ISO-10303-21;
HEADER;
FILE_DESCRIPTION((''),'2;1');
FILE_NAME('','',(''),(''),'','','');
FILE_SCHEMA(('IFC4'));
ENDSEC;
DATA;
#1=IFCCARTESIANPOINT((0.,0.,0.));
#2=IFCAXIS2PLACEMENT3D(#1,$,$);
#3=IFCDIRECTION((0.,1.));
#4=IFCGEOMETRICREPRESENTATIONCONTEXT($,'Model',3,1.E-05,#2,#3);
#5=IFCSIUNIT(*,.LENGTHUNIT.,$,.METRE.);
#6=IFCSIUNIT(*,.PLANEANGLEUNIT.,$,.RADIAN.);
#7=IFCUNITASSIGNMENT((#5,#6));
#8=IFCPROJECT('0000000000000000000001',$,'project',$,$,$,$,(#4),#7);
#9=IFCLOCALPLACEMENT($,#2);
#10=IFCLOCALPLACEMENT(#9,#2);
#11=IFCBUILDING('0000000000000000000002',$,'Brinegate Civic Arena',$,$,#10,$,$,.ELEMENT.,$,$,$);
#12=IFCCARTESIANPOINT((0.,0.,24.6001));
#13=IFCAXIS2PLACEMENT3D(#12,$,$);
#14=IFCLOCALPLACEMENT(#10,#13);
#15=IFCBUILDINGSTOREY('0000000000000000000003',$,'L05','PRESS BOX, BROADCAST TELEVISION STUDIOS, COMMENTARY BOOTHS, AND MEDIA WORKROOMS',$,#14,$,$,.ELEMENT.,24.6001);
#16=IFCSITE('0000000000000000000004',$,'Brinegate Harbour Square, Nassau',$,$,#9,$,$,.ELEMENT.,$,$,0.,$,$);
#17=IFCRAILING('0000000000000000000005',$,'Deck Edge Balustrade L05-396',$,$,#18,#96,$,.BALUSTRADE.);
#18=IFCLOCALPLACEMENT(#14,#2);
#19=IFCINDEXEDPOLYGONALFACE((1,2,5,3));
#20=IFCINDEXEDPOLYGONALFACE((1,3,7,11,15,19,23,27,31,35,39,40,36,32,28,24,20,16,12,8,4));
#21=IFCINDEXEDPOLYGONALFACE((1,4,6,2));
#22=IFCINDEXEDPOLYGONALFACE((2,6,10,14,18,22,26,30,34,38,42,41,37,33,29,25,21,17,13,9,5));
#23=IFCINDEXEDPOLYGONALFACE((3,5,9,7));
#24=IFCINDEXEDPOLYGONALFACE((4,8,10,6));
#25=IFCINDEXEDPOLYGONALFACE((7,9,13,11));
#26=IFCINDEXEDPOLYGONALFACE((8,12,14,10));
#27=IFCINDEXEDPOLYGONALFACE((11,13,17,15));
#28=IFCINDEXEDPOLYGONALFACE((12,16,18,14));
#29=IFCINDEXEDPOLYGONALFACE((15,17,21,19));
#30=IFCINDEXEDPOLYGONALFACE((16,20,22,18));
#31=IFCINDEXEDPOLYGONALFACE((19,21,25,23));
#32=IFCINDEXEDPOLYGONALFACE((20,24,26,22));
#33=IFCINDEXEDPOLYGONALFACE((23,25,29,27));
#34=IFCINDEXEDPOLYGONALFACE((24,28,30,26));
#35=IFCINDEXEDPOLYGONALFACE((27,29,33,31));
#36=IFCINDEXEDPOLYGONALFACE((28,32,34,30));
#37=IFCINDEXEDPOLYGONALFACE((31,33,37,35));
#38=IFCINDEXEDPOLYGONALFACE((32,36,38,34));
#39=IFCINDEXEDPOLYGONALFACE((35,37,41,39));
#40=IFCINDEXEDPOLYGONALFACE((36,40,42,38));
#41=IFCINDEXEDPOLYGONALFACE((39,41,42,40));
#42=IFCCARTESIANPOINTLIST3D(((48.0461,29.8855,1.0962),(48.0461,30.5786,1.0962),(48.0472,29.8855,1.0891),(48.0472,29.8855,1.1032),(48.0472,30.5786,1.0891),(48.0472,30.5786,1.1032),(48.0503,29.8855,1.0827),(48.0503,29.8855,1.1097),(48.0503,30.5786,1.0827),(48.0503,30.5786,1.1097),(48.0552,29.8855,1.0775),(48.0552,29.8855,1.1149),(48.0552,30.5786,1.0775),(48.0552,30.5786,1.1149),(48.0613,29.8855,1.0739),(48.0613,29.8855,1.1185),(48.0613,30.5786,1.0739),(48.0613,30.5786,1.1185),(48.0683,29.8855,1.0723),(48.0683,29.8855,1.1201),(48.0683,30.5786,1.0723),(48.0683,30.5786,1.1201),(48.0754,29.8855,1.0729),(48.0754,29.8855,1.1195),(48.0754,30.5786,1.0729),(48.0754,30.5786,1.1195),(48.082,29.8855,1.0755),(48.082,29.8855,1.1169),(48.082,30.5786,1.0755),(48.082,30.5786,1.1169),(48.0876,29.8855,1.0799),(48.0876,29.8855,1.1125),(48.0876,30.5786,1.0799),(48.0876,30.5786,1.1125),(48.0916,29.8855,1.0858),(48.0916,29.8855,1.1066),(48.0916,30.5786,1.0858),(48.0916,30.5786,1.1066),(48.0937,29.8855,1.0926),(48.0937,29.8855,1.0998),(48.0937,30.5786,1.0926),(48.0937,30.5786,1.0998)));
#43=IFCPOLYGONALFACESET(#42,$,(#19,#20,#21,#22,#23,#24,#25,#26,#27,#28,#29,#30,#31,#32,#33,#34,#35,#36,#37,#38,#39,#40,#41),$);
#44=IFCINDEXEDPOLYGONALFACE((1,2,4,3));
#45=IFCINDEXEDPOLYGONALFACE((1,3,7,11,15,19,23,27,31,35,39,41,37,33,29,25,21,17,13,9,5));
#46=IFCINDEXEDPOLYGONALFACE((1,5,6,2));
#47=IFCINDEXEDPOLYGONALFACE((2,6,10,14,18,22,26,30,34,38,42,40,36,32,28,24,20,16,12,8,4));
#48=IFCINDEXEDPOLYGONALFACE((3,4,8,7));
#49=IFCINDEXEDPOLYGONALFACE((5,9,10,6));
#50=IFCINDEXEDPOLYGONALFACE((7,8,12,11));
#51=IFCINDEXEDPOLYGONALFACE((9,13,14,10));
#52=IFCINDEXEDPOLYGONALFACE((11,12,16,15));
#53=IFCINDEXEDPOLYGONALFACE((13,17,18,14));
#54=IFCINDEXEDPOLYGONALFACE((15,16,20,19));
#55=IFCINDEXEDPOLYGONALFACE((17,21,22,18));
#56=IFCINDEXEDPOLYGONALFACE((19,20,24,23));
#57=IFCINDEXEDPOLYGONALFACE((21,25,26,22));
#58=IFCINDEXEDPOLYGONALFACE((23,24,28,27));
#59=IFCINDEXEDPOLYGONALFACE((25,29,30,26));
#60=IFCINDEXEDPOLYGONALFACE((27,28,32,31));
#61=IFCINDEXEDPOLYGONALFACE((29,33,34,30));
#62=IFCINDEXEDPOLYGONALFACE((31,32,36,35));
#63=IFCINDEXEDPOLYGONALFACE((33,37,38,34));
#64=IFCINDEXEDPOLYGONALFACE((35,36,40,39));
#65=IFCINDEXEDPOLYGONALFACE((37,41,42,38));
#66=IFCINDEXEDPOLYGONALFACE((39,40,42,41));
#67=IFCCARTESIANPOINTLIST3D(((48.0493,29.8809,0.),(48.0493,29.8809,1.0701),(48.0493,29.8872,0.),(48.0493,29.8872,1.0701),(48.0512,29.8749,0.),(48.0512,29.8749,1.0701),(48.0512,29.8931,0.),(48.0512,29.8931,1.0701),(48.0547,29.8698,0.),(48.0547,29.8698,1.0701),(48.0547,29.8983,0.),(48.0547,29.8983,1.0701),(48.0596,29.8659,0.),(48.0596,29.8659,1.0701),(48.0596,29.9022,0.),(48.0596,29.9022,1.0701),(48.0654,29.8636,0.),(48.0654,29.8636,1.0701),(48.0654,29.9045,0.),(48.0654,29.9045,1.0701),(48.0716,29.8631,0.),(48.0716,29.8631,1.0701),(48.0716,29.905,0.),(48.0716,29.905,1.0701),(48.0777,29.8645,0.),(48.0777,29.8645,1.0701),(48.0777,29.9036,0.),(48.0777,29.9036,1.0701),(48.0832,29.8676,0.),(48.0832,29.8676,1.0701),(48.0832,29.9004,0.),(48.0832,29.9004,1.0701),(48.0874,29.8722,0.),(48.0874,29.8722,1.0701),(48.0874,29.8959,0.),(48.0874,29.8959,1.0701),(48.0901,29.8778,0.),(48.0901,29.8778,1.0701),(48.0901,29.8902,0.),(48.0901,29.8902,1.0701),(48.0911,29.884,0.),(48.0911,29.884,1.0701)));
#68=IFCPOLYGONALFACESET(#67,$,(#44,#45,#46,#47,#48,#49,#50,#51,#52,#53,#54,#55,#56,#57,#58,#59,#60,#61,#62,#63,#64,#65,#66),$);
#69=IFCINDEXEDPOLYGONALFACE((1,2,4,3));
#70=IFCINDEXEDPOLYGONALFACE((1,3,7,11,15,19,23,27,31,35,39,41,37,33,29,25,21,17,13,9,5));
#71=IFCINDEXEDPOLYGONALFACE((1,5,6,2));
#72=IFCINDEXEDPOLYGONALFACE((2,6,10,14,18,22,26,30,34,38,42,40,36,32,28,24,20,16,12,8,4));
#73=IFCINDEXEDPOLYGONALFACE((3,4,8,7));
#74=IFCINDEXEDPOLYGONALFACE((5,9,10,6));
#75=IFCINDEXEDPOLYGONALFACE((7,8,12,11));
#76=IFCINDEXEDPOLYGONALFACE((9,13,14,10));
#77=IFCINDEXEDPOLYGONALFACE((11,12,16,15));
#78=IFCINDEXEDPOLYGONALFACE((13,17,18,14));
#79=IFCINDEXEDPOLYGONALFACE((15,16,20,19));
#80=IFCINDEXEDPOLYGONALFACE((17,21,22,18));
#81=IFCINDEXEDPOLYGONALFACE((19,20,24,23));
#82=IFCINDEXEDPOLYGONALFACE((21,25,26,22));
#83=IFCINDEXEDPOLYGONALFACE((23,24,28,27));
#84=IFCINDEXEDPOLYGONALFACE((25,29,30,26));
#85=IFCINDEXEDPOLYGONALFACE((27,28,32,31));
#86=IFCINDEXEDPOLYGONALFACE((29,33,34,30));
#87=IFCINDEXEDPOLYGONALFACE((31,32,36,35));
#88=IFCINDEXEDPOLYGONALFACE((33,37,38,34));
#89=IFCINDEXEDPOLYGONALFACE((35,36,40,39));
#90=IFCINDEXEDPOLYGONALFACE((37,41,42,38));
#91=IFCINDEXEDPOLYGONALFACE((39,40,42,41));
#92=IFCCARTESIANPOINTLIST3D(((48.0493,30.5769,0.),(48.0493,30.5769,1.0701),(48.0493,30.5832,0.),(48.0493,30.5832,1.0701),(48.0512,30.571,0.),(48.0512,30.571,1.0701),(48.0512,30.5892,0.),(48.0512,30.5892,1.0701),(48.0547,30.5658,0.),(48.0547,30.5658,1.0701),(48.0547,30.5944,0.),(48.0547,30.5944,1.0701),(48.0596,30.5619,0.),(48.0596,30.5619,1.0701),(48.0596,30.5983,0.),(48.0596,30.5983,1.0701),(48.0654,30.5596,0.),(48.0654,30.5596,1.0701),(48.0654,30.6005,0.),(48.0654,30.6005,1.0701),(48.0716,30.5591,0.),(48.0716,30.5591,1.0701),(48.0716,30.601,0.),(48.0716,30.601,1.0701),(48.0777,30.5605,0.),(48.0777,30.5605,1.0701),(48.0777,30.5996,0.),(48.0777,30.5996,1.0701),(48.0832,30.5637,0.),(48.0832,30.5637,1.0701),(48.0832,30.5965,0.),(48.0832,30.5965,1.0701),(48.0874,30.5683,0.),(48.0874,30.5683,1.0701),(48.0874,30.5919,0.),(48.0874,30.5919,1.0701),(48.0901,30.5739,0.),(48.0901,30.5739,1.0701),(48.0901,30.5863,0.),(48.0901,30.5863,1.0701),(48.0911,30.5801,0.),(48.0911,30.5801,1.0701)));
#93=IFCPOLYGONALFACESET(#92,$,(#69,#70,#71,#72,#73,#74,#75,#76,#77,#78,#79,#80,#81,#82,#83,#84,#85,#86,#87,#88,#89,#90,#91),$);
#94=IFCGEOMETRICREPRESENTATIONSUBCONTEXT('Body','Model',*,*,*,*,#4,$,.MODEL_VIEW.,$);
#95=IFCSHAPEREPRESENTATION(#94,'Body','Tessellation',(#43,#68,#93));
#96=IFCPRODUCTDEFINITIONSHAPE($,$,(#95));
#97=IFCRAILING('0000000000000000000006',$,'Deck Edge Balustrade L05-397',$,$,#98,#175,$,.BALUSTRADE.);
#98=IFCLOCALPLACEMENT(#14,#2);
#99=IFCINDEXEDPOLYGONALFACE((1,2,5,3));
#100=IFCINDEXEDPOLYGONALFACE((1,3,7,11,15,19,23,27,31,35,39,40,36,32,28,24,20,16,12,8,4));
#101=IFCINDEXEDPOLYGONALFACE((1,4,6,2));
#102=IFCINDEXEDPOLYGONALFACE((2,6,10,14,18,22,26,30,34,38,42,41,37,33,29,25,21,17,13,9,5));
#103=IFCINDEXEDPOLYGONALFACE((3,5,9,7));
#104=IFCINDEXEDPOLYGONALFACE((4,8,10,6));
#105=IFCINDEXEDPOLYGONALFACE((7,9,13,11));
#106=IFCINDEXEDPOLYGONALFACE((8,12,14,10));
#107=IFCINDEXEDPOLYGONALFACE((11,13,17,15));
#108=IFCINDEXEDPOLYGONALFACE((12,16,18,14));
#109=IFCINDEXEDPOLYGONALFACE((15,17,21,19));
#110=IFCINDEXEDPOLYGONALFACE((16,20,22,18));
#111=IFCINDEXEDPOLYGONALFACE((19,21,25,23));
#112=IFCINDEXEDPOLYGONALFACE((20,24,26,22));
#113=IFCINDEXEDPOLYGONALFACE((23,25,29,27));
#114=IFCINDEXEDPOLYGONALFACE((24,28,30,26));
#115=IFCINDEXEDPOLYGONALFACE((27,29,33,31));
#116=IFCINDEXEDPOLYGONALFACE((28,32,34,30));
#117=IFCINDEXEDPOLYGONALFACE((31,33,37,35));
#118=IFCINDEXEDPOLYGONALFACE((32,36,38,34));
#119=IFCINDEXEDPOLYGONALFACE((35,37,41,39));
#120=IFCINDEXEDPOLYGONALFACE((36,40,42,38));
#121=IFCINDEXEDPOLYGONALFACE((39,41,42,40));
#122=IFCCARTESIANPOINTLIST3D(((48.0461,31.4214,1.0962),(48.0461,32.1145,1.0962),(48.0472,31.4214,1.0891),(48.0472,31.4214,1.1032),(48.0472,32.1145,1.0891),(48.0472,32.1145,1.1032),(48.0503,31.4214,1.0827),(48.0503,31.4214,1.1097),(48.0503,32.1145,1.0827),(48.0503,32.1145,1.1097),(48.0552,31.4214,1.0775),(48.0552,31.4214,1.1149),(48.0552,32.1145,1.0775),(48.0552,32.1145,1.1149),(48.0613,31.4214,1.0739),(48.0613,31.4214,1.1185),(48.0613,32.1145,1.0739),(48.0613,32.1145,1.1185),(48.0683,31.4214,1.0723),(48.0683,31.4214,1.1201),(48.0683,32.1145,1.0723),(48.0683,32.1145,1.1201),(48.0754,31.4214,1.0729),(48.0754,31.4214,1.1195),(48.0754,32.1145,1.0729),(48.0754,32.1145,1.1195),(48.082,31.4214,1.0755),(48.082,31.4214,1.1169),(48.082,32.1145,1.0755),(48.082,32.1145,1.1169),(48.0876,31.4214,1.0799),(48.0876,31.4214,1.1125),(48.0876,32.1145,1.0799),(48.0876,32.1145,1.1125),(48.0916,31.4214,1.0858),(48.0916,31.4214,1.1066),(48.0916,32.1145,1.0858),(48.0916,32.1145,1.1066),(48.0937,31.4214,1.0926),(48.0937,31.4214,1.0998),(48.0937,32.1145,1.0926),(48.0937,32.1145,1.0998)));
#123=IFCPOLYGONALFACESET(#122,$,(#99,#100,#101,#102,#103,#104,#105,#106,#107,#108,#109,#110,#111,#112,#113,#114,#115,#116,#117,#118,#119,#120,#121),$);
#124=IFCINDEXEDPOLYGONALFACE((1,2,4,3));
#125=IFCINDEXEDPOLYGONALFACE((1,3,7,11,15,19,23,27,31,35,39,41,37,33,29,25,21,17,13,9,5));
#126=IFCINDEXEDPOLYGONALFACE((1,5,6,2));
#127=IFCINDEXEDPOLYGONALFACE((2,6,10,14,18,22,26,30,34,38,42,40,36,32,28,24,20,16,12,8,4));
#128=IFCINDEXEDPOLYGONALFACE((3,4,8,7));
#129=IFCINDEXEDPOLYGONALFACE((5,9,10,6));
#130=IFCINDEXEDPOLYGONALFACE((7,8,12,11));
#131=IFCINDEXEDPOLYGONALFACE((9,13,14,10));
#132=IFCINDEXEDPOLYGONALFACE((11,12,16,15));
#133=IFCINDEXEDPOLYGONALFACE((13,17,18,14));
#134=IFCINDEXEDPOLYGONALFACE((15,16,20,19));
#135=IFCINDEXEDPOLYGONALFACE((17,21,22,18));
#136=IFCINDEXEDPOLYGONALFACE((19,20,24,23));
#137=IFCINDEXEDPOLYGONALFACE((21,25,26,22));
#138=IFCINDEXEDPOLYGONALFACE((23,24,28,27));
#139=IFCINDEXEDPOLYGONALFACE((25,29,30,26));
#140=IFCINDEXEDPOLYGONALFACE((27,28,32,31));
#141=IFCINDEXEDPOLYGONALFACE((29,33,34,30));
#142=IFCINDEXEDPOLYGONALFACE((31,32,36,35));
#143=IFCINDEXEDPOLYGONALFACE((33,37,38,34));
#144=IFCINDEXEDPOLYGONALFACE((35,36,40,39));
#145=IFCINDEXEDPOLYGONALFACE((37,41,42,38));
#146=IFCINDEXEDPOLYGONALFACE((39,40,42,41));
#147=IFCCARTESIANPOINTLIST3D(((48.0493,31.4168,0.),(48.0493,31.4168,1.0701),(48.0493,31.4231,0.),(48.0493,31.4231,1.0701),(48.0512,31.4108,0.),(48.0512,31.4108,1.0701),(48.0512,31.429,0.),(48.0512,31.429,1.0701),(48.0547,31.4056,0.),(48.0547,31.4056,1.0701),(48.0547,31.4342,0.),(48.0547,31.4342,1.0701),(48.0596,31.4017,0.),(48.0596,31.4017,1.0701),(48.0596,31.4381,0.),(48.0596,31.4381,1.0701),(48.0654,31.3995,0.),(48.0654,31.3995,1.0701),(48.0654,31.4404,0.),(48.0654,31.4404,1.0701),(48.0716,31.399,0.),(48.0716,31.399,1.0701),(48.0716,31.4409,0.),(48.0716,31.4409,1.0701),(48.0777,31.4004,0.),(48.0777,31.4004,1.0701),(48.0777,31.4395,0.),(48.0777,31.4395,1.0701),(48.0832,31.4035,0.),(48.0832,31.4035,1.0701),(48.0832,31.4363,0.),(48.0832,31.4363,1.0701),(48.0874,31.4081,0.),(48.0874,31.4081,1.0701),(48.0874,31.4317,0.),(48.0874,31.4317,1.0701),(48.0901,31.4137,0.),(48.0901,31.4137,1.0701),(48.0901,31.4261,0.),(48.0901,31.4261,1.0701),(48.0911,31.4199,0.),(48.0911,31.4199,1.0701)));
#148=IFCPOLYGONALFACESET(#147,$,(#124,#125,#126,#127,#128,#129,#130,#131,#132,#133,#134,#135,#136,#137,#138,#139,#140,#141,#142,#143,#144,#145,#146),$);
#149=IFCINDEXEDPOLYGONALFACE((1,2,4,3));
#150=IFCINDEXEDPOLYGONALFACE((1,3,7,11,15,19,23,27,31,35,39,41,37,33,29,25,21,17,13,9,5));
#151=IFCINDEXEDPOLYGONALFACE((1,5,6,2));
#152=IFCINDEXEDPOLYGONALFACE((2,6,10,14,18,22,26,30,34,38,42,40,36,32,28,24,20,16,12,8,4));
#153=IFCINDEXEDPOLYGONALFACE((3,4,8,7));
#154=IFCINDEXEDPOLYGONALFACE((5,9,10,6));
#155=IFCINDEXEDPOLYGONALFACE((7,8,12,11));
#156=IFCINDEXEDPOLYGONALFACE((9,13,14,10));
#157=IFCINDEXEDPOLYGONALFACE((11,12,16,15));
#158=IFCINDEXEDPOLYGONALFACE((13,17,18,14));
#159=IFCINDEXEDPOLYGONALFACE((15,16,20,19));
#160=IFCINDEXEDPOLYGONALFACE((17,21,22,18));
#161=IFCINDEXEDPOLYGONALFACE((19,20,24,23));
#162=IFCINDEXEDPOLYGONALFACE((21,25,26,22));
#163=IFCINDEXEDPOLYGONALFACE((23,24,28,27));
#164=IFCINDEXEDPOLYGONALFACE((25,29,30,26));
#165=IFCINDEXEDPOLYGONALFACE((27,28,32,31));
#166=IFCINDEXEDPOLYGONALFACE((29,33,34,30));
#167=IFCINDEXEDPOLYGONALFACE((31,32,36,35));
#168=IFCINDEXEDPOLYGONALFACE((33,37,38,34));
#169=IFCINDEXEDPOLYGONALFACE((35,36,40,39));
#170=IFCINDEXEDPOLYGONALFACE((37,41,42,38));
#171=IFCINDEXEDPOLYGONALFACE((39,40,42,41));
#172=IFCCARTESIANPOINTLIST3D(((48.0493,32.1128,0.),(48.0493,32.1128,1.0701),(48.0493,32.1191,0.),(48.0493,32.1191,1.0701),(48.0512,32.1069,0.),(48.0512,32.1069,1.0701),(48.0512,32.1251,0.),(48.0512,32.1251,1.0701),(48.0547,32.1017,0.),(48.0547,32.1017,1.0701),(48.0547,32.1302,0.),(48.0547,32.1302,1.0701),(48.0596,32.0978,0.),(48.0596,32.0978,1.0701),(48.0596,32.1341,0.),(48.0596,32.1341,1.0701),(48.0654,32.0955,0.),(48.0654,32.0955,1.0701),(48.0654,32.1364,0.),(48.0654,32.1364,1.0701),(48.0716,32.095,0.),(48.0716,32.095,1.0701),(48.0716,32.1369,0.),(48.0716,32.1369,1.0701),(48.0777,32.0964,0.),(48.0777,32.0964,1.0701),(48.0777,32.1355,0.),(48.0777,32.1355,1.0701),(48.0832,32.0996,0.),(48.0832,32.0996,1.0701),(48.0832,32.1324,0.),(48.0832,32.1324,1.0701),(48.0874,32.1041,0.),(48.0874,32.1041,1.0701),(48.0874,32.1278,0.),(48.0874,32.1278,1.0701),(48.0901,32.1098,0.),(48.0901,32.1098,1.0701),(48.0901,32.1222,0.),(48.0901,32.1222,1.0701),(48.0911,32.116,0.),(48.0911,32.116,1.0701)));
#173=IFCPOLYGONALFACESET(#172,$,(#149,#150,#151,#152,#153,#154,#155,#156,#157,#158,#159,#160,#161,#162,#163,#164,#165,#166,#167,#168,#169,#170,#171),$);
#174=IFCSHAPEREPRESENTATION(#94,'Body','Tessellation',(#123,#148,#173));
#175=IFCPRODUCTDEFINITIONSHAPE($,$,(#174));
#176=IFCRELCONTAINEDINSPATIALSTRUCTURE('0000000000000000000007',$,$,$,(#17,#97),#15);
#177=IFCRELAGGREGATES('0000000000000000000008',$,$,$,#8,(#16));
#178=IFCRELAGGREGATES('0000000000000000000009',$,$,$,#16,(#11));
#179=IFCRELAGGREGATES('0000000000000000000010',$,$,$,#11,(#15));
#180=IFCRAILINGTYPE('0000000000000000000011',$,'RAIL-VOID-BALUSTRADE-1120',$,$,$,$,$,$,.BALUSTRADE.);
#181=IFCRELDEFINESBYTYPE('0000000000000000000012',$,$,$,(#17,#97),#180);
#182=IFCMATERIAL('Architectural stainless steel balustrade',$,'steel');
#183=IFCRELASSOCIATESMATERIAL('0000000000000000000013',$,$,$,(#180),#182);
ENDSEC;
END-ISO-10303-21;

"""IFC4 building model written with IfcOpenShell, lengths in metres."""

from ifc_helpers import new_model, si_unit, direction, frame, origin, origin_2d, place, context, subcontext, project, spatial, circle, extrude, material, type_object, element, save


model = new_model("IFC4")

# Units and contexts
model_context = context("Model", 3, precision=1e-05, world=origin(), true_north=direction((0.0, 1.0)))
body_context = subcontext(model_context, "Body", "Model", "MODEL_VIEW")
ifc_project = project(units=[si_unit("LENGTHUNIT", "METRE"), si_unit("PLANEANGLEUNIT", "RADIAN")], contexts=[model_context])

# Site, building, storey
site_placement = place(None, origin())
site = spatial("IfcSite", under=ifc_project, at=site_placement, Name="Brinegate Harbour Square, Nassau", CompositionType="ELEMENT", RefElevation=0.0)
building_placement = place(site_placement, origin())
building = spatial("IfcBuilding", under=site, at=building_placement, Name="Brinegate Civic Arena", CompositionType="ELEMENT")
storey_placement = place(building_placement, frame((0.0, 0.0, 24.6001)))
storey = spatial("IfcBuildingStorey", under=building, at=storey_placement, Name="L05", Description="PRESS BOX, BROADCAST TELEVISION STUDIOS, COMMENTARY BOOTHS, AND MEDIA WORKROOMS", CompositionType="ELEMENT", Elevation=24.6001)

# Railings
ifc_material_1 = material(Name="Architectural stainless steel balustrade", Category="steel")
railing_type = type_object("IfcRailingType", Name="RAIL-VOID-BALUSTRADE-1120", PredefinedType="BALUSTRADE", material=ifc_material_1)
for number, where, name in (
    (1, (48.0701, 29.884, 0.0), "Deck Edge Balustrade L05-396"),
    (2, (48.0701, 31.4199, 0.0), "Deck Edge Balustrade L05-397"),
):
    element("IfcRailing", number, at=place(storey_placement, frame(where)), inside=storey, type_object=railing_type, Name=name, PredefinedType="BALUSTRADE", context=body_context, shape_type="SweptSolid", body=[
        extrude(circle(Radius=0.0239, at=origin_2d()), frame((0.0, 0.0015, 1.0962), z_axis=(0.0, 1.0, 0.0), x_axis=(-1.0, 0.0, 0.0)), (0.0, 0.0, 1.0), 0.6931),
        extrude(circle(Radius=0.021, at=origin_2d()), origin(), (0.0, 0.0, 1.0), 1.0701),
        extrude(circle(Radius=0.021, at=origin_2d()), frame((0.0, 0.696, 0.0)), (0.0, 0.0, 1.0), 1.0701),
    ])

save(model, "model.ifc")
